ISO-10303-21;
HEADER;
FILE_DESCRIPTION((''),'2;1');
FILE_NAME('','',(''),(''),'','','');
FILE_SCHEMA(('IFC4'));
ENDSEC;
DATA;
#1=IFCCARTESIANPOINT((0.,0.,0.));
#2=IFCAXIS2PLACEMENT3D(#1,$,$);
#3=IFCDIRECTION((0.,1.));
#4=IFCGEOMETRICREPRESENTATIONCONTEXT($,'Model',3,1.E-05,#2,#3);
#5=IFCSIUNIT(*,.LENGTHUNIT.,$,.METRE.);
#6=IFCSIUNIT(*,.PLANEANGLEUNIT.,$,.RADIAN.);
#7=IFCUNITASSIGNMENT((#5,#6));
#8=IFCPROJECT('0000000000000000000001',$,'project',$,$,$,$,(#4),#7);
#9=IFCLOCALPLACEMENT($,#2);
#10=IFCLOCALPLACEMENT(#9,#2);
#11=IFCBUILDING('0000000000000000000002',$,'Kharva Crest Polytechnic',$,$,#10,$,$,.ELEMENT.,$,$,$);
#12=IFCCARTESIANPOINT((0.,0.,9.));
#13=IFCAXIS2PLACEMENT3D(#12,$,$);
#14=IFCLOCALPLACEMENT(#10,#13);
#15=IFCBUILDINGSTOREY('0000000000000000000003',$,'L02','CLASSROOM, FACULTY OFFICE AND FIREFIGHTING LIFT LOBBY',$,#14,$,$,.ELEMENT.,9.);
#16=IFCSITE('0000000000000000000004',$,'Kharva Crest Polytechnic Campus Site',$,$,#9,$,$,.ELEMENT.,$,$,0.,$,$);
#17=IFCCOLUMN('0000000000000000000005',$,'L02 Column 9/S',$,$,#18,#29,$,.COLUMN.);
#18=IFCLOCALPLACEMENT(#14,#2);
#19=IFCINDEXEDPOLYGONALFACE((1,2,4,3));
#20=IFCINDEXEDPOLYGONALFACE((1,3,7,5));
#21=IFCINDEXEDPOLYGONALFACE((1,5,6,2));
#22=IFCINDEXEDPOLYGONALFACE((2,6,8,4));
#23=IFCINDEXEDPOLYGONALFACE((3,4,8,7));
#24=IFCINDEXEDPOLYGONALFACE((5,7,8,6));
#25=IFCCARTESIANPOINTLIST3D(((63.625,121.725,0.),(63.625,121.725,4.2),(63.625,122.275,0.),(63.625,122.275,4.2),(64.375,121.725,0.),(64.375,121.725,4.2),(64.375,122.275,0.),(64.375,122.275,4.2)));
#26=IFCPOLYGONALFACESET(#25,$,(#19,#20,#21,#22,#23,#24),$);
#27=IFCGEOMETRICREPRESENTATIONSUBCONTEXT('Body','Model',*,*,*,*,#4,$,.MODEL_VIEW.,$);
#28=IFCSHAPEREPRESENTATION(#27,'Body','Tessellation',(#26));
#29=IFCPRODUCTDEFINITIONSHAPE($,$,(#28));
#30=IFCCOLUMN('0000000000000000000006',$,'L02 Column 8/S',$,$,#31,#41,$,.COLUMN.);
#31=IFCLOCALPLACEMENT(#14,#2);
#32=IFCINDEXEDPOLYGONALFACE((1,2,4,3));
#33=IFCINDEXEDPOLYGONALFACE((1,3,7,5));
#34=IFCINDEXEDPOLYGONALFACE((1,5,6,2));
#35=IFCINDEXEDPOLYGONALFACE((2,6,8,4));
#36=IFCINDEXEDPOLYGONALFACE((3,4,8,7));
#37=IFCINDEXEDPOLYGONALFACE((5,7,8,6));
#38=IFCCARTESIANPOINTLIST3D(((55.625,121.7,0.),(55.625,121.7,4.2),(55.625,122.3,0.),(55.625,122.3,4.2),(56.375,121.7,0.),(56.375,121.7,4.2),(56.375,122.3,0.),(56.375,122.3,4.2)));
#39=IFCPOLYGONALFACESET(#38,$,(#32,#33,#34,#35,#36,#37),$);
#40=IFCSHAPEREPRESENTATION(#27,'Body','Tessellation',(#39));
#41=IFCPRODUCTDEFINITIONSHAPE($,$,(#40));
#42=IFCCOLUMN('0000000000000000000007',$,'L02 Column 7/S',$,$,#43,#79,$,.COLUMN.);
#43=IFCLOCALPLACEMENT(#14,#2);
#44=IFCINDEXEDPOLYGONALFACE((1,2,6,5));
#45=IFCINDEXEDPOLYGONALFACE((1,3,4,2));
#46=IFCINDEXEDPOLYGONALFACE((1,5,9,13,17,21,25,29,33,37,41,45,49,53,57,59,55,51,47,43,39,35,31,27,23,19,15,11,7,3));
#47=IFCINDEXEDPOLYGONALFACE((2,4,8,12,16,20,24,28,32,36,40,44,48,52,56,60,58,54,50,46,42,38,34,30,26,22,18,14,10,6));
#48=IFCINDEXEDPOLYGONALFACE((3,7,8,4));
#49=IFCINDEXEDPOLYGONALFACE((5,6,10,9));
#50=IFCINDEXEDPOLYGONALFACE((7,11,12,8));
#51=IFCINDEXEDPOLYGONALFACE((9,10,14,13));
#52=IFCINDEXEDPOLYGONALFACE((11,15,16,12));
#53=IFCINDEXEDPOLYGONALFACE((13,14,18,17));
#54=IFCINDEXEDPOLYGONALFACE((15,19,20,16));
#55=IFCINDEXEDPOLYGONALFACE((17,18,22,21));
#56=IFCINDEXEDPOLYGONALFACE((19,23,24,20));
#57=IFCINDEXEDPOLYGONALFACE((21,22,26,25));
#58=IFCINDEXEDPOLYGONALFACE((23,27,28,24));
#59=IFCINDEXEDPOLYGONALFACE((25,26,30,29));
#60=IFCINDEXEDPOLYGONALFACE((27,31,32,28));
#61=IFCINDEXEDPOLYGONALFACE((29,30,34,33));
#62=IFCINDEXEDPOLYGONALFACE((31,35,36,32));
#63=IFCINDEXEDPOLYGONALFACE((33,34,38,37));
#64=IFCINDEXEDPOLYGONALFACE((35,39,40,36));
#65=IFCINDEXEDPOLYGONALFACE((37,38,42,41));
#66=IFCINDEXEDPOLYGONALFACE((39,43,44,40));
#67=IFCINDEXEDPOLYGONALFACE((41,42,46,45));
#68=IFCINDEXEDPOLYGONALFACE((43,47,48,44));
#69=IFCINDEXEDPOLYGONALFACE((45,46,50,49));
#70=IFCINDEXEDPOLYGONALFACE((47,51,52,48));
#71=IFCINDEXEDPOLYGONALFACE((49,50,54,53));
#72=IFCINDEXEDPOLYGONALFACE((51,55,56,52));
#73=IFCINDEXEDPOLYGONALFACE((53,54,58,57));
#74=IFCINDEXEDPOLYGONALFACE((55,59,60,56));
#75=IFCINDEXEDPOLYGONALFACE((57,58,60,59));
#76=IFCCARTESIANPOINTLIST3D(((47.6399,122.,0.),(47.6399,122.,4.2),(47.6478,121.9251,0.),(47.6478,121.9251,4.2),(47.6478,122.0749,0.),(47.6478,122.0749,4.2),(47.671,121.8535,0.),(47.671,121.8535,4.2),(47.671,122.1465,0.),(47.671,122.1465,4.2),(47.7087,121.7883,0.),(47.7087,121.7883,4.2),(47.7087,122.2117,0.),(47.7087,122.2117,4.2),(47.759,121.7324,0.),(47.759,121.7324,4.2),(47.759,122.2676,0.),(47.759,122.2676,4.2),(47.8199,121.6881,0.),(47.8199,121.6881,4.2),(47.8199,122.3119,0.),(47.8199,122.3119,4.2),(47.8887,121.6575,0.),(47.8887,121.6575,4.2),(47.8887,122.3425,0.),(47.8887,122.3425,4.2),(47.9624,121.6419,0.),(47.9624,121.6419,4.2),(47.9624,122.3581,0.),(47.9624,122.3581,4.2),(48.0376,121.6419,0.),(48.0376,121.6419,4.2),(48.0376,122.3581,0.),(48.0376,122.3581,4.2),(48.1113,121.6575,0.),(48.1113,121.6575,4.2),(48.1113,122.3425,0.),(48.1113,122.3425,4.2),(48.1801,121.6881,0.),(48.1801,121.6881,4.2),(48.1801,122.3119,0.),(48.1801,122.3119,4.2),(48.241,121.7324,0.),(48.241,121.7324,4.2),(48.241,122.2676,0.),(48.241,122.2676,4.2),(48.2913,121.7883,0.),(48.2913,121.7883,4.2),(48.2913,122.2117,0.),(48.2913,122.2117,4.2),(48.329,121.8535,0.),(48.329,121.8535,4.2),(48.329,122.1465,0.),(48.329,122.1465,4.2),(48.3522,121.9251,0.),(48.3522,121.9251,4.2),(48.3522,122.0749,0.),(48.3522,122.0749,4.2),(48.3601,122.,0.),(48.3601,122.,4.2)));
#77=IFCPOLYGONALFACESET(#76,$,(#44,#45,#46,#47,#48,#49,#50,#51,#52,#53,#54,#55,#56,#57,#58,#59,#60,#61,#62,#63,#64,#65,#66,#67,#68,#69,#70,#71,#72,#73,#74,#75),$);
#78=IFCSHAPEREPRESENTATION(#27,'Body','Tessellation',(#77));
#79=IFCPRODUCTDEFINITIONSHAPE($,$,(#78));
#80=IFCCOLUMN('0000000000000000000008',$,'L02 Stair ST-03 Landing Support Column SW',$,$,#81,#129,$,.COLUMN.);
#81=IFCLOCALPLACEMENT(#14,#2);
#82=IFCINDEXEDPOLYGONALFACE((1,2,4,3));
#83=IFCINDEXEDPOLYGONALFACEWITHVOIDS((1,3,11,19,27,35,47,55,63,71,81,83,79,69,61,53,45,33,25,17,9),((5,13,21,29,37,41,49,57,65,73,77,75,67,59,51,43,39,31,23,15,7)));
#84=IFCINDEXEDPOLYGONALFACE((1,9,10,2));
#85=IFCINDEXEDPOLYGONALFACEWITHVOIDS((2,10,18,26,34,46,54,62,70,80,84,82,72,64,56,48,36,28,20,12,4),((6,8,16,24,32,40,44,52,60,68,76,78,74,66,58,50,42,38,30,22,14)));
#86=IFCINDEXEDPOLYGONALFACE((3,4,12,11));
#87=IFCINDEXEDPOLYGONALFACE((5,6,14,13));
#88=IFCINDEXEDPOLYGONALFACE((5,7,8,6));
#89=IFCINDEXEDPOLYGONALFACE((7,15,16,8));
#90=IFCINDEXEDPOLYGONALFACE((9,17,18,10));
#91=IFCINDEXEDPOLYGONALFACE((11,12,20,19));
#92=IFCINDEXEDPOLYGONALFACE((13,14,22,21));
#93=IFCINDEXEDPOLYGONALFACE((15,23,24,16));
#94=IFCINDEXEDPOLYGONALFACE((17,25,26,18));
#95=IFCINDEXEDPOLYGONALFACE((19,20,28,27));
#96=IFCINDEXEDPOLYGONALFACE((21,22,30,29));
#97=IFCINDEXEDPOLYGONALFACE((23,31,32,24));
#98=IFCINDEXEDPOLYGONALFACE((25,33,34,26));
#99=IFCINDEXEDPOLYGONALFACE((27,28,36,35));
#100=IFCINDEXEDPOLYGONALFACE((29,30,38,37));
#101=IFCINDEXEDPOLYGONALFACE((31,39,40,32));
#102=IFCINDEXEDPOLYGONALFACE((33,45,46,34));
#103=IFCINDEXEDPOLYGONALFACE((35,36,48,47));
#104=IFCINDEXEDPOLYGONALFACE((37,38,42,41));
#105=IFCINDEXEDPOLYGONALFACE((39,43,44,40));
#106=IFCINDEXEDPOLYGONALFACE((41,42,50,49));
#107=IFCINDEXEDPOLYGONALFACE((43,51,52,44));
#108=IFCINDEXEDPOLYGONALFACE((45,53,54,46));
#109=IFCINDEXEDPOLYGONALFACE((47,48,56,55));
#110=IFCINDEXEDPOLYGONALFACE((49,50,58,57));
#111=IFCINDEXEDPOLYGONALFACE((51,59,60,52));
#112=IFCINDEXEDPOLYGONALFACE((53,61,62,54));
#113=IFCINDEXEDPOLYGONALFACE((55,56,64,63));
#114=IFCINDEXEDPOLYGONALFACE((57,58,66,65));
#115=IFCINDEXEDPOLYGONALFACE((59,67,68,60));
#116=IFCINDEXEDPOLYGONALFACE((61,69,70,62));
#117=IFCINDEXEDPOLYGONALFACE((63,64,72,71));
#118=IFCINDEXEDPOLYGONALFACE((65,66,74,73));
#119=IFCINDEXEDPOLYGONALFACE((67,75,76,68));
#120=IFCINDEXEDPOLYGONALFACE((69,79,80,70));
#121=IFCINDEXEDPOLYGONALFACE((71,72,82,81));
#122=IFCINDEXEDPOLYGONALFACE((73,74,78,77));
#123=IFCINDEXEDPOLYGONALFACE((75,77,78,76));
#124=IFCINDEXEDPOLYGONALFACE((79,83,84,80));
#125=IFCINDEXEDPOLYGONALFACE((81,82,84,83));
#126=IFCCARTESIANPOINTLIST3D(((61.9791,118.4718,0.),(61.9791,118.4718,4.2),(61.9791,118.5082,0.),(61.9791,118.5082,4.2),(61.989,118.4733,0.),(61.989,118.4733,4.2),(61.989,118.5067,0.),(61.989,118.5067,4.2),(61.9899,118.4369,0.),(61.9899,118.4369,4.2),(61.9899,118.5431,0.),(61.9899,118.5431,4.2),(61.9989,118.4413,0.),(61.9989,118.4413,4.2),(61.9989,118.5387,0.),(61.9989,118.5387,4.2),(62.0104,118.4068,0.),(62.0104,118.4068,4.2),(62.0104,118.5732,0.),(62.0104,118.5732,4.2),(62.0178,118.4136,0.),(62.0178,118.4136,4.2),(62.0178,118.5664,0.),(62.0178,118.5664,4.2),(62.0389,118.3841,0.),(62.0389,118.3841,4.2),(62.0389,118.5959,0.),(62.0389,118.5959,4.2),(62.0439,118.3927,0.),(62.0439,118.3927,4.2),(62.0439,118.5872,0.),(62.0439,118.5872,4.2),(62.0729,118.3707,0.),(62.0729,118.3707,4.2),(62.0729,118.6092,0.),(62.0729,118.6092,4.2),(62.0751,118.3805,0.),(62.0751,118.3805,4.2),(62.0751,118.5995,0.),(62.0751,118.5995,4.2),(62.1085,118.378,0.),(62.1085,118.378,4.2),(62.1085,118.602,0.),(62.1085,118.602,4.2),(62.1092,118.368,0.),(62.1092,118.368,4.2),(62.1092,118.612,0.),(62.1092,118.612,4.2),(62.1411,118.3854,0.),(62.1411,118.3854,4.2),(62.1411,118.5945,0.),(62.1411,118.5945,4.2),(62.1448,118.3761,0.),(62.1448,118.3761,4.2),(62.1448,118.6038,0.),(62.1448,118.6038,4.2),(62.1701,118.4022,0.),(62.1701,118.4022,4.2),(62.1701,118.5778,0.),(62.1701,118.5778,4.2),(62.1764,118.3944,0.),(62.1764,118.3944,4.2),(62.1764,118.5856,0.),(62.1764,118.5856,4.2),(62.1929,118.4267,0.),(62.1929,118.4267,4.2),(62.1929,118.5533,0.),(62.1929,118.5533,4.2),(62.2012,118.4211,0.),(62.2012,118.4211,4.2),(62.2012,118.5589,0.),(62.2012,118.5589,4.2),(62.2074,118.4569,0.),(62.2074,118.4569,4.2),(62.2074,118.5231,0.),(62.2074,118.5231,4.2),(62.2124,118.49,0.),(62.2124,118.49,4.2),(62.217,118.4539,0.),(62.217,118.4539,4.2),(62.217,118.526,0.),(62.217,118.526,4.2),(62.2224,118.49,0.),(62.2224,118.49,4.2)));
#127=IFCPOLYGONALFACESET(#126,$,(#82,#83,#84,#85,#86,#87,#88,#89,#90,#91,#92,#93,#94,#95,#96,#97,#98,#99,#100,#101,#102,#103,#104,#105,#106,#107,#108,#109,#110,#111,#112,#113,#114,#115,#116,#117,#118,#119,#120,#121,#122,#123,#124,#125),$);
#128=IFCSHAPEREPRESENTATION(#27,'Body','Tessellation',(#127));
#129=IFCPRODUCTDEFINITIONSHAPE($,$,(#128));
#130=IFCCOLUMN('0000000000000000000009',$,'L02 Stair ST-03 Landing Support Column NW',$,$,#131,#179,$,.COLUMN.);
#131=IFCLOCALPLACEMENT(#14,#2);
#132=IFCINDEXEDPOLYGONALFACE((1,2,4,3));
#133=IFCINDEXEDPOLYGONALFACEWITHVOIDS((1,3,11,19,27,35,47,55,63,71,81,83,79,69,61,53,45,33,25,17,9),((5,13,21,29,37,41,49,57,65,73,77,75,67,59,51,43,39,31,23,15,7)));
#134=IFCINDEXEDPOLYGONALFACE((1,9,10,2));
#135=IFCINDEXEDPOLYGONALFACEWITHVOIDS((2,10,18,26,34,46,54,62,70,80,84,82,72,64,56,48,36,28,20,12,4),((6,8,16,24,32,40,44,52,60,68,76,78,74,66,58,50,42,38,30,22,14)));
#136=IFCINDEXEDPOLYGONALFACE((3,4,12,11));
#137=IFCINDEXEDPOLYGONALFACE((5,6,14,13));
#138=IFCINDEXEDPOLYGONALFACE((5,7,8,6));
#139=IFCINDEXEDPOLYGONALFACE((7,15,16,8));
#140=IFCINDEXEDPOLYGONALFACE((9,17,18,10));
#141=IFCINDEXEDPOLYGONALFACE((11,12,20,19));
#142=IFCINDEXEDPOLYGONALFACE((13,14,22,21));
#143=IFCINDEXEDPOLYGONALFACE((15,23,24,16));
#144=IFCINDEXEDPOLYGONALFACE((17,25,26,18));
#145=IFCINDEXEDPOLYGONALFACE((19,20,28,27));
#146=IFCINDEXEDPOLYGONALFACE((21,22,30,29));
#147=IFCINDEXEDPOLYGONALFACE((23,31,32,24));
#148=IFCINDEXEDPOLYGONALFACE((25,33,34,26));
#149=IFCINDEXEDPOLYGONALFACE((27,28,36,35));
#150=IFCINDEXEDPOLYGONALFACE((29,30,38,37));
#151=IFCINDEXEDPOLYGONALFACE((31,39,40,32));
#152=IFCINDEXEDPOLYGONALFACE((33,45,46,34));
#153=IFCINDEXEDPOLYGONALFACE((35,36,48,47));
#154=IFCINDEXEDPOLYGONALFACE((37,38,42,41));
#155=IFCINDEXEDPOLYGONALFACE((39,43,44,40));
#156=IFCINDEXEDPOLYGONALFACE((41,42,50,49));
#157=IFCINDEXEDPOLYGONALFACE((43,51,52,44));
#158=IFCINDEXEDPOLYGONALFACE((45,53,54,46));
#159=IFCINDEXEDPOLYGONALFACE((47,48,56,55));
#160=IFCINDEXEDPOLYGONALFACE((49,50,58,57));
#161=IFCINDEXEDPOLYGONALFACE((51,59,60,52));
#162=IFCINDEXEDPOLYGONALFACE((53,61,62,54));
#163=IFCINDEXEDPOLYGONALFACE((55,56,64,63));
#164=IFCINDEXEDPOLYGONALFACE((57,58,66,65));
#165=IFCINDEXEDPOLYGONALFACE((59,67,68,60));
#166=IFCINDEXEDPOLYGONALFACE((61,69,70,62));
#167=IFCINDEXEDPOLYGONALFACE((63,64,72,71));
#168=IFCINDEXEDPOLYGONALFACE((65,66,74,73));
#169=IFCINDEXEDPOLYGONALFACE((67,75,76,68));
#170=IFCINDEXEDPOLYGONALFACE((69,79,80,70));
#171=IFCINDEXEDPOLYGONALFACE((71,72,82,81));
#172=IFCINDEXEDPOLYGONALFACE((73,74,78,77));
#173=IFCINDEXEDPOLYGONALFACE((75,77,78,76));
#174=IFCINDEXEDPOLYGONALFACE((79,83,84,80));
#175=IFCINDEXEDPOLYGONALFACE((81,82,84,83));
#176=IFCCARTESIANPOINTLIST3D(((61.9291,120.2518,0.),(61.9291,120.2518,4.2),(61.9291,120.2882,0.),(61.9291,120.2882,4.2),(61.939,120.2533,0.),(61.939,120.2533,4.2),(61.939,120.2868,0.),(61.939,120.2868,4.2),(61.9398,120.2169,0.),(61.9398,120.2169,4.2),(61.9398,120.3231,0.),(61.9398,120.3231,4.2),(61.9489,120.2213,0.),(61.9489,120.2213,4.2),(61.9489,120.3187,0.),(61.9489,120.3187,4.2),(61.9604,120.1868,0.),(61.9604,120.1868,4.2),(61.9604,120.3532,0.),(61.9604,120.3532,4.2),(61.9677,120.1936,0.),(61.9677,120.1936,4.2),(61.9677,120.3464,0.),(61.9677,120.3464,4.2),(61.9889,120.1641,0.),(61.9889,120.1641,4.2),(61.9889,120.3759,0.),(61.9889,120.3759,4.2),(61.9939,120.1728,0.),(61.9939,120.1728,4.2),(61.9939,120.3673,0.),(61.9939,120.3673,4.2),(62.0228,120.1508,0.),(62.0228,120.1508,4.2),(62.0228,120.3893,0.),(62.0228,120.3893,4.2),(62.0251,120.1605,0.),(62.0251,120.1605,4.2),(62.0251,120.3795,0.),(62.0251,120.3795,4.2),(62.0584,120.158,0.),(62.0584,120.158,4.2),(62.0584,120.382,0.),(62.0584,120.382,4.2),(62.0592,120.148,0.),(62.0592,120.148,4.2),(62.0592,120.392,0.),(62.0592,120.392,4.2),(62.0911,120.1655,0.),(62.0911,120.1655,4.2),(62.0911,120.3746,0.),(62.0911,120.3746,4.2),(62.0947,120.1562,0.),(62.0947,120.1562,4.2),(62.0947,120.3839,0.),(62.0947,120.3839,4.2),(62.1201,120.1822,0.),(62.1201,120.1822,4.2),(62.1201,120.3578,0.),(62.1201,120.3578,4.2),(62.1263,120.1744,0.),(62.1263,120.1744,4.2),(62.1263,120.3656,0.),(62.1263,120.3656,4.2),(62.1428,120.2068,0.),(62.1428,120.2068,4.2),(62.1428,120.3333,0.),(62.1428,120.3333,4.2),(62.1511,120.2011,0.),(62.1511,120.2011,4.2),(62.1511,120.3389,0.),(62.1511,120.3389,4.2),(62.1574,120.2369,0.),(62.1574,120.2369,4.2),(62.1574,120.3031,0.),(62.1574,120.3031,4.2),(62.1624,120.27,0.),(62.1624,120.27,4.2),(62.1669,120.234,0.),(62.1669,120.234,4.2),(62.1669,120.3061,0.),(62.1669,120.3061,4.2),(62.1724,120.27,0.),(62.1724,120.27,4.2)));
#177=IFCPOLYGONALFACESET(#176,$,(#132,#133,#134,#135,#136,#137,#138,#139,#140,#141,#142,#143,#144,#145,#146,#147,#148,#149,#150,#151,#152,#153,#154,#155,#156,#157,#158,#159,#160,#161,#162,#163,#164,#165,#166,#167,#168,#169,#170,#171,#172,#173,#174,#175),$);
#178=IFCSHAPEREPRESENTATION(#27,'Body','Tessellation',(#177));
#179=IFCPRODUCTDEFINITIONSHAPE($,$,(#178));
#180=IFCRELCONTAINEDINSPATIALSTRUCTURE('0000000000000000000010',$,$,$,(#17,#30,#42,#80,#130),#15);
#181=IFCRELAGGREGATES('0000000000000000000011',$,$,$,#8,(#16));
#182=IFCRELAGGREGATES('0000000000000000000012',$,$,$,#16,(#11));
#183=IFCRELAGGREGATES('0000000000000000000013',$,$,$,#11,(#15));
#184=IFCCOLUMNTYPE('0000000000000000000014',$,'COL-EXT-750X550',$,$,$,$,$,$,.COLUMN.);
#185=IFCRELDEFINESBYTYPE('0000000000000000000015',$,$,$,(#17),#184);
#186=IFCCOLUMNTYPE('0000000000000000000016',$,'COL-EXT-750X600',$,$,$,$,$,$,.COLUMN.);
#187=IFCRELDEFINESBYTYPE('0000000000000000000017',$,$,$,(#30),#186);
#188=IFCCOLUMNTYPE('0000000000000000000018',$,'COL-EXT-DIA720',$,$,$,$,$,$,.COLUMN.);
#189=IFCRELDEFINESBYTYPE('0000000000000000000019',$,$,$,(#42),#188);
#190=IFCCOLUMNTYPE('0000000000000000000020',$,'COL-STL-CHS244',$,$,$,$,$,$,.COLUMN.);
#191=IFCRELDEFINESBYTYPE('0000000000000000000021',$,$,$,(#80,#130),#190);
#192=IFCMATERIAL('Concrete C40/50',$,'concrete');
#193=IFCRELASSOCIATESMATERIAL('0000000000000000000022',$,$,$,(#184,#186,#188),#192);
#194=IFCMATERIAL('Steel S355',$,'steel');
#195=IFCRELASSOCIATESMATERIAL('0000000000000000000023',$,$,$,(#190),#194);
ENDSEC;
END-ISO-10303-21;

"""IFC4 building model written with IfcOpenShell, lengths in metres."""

from ifc_helpers import new_model, si_unit, direction, frame, origin, origin_2d, place, context, subcontext, project, spatial, rectangle, circle, hollow_circle, extrude, material, material_profile, profile_set, type_object, element, save


model = new_model("IFC4")

# Units and contexts
model_context = context("Model", 3, precision=1e-05, world=origin(), true_north=direction((0.0, 1.0)))
body_context = subcontext(model_context, "Body", "Model", "MODEL_VIEW")
ifc_project = project(units=[si_unit("LENGTHUNIT", "METRE"), si_unit("PLANEANGLEUNIT", "RADIAN")], contexts=[model_context])

# Site, building, storey
site_placement = place(None, origin())
site = spatial("IfcSite", under=ifc_project, at=site_placement, Name="Kharva Crest Polytechnic Campus Site", CompositionType="ELEMENT", RefElevation=0.0)
building_placement = place(site_placement, origin())
building = spatial("IfcBuilding", under=site, at=building_placement, Name="Kharva Crest Polytechnic", CompositionType="ELEMENT")
storey_placement = place(building_placement, frame((0.0, 0.0, 9.0)))
storey = spatial("IfcBuildingStorey", under=building, at=storey_placement, Name="L02", Description="CLASSROOM, FACULTY OFFICE AND FIREFIGHTING LIFT LOBBY", CompositionType="ELEMENT", Elevation=9.0)

# Columns
ifc_material_1 = material(Name="Concrete C40/50", Category="concrete")
ifc_material_profile_1 = material_profile(ifc_material_1, rectangle(XDim=0.75, YDim=0.55, at=origin_2d()), Name="RECT 750 X 550")
ifc_profile_set_1 = profile_set([ifc_material_profile_1], Name="Concrete C40/50")
column_type_1 = type_object("IfcColumnType", Name="COL-EXT-750X550", PredefinedType="COLUMN", material=ifc_profile_set_1)
column_1_placement = place(storey_placement, frame((64.0, 122.0, 0.0), z_axis=(0.0, 0.0, 1.0), x_axis=(1.0, 0.0, 0.0)))
element("IfcColumn", 1, at=column_1_placement, inside=storey, type_object=column_type_1, Name="L02 Column 9/S", PredefinedType="COLUMN", context=body_context, shape_type="SweptSolid", body=[
    extrude(rectangle(XDim=0.75, YDim=0.55, at=origin_2d()), origin(), (0.0, 0.0, 1.0), 4.2),
])
ifc_material_profile_2 = material_profile(ifc_material_1, rectangle(XDim=0.75, YDim=0.6001, at=origin_2d()), Name="RECT 750 X 600")
ifc_profile_set_2 = profile_set([ifc_material_profile_2], Name="Concrete C40/50")
column_type_2 = type_object("IfcColumnType", Name="COL-EXT-750X600", PredefinedType="COLUMN", material=ifc_profile_set_2)
column_2_placement = place(storey_placement, frame((56.0, 122.0, 0.0), z_axis=(0.0, 0.0, 1.0), x_axis=(1.0, 0.0, 0.0)))
element("IfcColumn", 2, at=column_2_placement, inside=storey, type_object=column_type_2, Name="L02 Column 8/S", PredefinedType="COLUMN", context=body_context, shape_type="SweptSolid", body=[
    extrude(rectangle(XDim=0.75, YDim=0.6001, at=origin_2d()), origin(), (0.0, 0.0, 1.0), 4.2),
])
ifc_material_profile_3 = material_profile(ifc_material_1, circle(Radius=0.3601, at=origin_2d()), Name="DIA 720")
ifc_profile_set_3 = profile_set([ifc_material_profile_3], Name="Concrete C40/50")
column_type_3 = type_object("IfcColumnType", Name="COL-EXT-DIA720", PredefinedType="COLUMN", material=ifc_profile_set_3)
column_3_placement = place(storey_placement, frame((48.0, 122.0, 0.0), z_axis=(0.0, 0.0, 1.0), x_axis=(1.0, 0.0, 0.0)))
element("IfcColumn", 3, at=column_3_placement, inside=storey, type_object=column_type_3, Name="L02 Column 7/S", PredefinedType="COLUMN", context=body_context, shape_type="SweptSolid", body=[
    extrude(circle(Radius=0.3601, at=origin_2d()), origin(), (0.0, 0.0, 1.0), 4.2),
])
ifc_material_2 = material(Name="Steel S355", Category="steel")
ifc_material_profile_4 = material_profile(ifc_material_2, hollow_circle(Radius=0.1223, WallThickness=0.01, at=origin_2d()), Name="CHS 244.5X10.0")
ifc_profile_set_4 = profile_set([ifc_material_profile_4], Name="Steel S355")
column_type_4 = type_object("IfcColumnType", Name="COL-STL-CHS244", PredefinedType="COLUMN", material=ifc_profile_set_4)
for number, where, z_axis, x_axis, name in (
    (4, (62.1001, 118.49, 0.0), (0.0, 0.0, 1.0), (1.0, 0.0, 0.0), "L02 Stair ST-03 Landing Support Column SW"),
    (5, (62.05, 120.27, 0.0), (0.0, 0.0, 1.0), (1.0, 0.0, 0.0), "L02 Stair ST-03 Landing Support Column NW"),
):
    element("IfcColumn", number, at=place(storey_placement, frame(where, z_axis=z_axis, x_axis=x_axis)), inside=storey, type_object=column_type_4, Name=name, PredefinedType="COLUMN", context=body_context, shape_type="SweptSolid", body=[
        extrude(hollow_circle(Radius=0.1223, WallThickness=0.01, at=origin_2d()), origin(), (0.0, 0.0, 1.0), 4.2),
    ])

save(model, "model.ifc")
